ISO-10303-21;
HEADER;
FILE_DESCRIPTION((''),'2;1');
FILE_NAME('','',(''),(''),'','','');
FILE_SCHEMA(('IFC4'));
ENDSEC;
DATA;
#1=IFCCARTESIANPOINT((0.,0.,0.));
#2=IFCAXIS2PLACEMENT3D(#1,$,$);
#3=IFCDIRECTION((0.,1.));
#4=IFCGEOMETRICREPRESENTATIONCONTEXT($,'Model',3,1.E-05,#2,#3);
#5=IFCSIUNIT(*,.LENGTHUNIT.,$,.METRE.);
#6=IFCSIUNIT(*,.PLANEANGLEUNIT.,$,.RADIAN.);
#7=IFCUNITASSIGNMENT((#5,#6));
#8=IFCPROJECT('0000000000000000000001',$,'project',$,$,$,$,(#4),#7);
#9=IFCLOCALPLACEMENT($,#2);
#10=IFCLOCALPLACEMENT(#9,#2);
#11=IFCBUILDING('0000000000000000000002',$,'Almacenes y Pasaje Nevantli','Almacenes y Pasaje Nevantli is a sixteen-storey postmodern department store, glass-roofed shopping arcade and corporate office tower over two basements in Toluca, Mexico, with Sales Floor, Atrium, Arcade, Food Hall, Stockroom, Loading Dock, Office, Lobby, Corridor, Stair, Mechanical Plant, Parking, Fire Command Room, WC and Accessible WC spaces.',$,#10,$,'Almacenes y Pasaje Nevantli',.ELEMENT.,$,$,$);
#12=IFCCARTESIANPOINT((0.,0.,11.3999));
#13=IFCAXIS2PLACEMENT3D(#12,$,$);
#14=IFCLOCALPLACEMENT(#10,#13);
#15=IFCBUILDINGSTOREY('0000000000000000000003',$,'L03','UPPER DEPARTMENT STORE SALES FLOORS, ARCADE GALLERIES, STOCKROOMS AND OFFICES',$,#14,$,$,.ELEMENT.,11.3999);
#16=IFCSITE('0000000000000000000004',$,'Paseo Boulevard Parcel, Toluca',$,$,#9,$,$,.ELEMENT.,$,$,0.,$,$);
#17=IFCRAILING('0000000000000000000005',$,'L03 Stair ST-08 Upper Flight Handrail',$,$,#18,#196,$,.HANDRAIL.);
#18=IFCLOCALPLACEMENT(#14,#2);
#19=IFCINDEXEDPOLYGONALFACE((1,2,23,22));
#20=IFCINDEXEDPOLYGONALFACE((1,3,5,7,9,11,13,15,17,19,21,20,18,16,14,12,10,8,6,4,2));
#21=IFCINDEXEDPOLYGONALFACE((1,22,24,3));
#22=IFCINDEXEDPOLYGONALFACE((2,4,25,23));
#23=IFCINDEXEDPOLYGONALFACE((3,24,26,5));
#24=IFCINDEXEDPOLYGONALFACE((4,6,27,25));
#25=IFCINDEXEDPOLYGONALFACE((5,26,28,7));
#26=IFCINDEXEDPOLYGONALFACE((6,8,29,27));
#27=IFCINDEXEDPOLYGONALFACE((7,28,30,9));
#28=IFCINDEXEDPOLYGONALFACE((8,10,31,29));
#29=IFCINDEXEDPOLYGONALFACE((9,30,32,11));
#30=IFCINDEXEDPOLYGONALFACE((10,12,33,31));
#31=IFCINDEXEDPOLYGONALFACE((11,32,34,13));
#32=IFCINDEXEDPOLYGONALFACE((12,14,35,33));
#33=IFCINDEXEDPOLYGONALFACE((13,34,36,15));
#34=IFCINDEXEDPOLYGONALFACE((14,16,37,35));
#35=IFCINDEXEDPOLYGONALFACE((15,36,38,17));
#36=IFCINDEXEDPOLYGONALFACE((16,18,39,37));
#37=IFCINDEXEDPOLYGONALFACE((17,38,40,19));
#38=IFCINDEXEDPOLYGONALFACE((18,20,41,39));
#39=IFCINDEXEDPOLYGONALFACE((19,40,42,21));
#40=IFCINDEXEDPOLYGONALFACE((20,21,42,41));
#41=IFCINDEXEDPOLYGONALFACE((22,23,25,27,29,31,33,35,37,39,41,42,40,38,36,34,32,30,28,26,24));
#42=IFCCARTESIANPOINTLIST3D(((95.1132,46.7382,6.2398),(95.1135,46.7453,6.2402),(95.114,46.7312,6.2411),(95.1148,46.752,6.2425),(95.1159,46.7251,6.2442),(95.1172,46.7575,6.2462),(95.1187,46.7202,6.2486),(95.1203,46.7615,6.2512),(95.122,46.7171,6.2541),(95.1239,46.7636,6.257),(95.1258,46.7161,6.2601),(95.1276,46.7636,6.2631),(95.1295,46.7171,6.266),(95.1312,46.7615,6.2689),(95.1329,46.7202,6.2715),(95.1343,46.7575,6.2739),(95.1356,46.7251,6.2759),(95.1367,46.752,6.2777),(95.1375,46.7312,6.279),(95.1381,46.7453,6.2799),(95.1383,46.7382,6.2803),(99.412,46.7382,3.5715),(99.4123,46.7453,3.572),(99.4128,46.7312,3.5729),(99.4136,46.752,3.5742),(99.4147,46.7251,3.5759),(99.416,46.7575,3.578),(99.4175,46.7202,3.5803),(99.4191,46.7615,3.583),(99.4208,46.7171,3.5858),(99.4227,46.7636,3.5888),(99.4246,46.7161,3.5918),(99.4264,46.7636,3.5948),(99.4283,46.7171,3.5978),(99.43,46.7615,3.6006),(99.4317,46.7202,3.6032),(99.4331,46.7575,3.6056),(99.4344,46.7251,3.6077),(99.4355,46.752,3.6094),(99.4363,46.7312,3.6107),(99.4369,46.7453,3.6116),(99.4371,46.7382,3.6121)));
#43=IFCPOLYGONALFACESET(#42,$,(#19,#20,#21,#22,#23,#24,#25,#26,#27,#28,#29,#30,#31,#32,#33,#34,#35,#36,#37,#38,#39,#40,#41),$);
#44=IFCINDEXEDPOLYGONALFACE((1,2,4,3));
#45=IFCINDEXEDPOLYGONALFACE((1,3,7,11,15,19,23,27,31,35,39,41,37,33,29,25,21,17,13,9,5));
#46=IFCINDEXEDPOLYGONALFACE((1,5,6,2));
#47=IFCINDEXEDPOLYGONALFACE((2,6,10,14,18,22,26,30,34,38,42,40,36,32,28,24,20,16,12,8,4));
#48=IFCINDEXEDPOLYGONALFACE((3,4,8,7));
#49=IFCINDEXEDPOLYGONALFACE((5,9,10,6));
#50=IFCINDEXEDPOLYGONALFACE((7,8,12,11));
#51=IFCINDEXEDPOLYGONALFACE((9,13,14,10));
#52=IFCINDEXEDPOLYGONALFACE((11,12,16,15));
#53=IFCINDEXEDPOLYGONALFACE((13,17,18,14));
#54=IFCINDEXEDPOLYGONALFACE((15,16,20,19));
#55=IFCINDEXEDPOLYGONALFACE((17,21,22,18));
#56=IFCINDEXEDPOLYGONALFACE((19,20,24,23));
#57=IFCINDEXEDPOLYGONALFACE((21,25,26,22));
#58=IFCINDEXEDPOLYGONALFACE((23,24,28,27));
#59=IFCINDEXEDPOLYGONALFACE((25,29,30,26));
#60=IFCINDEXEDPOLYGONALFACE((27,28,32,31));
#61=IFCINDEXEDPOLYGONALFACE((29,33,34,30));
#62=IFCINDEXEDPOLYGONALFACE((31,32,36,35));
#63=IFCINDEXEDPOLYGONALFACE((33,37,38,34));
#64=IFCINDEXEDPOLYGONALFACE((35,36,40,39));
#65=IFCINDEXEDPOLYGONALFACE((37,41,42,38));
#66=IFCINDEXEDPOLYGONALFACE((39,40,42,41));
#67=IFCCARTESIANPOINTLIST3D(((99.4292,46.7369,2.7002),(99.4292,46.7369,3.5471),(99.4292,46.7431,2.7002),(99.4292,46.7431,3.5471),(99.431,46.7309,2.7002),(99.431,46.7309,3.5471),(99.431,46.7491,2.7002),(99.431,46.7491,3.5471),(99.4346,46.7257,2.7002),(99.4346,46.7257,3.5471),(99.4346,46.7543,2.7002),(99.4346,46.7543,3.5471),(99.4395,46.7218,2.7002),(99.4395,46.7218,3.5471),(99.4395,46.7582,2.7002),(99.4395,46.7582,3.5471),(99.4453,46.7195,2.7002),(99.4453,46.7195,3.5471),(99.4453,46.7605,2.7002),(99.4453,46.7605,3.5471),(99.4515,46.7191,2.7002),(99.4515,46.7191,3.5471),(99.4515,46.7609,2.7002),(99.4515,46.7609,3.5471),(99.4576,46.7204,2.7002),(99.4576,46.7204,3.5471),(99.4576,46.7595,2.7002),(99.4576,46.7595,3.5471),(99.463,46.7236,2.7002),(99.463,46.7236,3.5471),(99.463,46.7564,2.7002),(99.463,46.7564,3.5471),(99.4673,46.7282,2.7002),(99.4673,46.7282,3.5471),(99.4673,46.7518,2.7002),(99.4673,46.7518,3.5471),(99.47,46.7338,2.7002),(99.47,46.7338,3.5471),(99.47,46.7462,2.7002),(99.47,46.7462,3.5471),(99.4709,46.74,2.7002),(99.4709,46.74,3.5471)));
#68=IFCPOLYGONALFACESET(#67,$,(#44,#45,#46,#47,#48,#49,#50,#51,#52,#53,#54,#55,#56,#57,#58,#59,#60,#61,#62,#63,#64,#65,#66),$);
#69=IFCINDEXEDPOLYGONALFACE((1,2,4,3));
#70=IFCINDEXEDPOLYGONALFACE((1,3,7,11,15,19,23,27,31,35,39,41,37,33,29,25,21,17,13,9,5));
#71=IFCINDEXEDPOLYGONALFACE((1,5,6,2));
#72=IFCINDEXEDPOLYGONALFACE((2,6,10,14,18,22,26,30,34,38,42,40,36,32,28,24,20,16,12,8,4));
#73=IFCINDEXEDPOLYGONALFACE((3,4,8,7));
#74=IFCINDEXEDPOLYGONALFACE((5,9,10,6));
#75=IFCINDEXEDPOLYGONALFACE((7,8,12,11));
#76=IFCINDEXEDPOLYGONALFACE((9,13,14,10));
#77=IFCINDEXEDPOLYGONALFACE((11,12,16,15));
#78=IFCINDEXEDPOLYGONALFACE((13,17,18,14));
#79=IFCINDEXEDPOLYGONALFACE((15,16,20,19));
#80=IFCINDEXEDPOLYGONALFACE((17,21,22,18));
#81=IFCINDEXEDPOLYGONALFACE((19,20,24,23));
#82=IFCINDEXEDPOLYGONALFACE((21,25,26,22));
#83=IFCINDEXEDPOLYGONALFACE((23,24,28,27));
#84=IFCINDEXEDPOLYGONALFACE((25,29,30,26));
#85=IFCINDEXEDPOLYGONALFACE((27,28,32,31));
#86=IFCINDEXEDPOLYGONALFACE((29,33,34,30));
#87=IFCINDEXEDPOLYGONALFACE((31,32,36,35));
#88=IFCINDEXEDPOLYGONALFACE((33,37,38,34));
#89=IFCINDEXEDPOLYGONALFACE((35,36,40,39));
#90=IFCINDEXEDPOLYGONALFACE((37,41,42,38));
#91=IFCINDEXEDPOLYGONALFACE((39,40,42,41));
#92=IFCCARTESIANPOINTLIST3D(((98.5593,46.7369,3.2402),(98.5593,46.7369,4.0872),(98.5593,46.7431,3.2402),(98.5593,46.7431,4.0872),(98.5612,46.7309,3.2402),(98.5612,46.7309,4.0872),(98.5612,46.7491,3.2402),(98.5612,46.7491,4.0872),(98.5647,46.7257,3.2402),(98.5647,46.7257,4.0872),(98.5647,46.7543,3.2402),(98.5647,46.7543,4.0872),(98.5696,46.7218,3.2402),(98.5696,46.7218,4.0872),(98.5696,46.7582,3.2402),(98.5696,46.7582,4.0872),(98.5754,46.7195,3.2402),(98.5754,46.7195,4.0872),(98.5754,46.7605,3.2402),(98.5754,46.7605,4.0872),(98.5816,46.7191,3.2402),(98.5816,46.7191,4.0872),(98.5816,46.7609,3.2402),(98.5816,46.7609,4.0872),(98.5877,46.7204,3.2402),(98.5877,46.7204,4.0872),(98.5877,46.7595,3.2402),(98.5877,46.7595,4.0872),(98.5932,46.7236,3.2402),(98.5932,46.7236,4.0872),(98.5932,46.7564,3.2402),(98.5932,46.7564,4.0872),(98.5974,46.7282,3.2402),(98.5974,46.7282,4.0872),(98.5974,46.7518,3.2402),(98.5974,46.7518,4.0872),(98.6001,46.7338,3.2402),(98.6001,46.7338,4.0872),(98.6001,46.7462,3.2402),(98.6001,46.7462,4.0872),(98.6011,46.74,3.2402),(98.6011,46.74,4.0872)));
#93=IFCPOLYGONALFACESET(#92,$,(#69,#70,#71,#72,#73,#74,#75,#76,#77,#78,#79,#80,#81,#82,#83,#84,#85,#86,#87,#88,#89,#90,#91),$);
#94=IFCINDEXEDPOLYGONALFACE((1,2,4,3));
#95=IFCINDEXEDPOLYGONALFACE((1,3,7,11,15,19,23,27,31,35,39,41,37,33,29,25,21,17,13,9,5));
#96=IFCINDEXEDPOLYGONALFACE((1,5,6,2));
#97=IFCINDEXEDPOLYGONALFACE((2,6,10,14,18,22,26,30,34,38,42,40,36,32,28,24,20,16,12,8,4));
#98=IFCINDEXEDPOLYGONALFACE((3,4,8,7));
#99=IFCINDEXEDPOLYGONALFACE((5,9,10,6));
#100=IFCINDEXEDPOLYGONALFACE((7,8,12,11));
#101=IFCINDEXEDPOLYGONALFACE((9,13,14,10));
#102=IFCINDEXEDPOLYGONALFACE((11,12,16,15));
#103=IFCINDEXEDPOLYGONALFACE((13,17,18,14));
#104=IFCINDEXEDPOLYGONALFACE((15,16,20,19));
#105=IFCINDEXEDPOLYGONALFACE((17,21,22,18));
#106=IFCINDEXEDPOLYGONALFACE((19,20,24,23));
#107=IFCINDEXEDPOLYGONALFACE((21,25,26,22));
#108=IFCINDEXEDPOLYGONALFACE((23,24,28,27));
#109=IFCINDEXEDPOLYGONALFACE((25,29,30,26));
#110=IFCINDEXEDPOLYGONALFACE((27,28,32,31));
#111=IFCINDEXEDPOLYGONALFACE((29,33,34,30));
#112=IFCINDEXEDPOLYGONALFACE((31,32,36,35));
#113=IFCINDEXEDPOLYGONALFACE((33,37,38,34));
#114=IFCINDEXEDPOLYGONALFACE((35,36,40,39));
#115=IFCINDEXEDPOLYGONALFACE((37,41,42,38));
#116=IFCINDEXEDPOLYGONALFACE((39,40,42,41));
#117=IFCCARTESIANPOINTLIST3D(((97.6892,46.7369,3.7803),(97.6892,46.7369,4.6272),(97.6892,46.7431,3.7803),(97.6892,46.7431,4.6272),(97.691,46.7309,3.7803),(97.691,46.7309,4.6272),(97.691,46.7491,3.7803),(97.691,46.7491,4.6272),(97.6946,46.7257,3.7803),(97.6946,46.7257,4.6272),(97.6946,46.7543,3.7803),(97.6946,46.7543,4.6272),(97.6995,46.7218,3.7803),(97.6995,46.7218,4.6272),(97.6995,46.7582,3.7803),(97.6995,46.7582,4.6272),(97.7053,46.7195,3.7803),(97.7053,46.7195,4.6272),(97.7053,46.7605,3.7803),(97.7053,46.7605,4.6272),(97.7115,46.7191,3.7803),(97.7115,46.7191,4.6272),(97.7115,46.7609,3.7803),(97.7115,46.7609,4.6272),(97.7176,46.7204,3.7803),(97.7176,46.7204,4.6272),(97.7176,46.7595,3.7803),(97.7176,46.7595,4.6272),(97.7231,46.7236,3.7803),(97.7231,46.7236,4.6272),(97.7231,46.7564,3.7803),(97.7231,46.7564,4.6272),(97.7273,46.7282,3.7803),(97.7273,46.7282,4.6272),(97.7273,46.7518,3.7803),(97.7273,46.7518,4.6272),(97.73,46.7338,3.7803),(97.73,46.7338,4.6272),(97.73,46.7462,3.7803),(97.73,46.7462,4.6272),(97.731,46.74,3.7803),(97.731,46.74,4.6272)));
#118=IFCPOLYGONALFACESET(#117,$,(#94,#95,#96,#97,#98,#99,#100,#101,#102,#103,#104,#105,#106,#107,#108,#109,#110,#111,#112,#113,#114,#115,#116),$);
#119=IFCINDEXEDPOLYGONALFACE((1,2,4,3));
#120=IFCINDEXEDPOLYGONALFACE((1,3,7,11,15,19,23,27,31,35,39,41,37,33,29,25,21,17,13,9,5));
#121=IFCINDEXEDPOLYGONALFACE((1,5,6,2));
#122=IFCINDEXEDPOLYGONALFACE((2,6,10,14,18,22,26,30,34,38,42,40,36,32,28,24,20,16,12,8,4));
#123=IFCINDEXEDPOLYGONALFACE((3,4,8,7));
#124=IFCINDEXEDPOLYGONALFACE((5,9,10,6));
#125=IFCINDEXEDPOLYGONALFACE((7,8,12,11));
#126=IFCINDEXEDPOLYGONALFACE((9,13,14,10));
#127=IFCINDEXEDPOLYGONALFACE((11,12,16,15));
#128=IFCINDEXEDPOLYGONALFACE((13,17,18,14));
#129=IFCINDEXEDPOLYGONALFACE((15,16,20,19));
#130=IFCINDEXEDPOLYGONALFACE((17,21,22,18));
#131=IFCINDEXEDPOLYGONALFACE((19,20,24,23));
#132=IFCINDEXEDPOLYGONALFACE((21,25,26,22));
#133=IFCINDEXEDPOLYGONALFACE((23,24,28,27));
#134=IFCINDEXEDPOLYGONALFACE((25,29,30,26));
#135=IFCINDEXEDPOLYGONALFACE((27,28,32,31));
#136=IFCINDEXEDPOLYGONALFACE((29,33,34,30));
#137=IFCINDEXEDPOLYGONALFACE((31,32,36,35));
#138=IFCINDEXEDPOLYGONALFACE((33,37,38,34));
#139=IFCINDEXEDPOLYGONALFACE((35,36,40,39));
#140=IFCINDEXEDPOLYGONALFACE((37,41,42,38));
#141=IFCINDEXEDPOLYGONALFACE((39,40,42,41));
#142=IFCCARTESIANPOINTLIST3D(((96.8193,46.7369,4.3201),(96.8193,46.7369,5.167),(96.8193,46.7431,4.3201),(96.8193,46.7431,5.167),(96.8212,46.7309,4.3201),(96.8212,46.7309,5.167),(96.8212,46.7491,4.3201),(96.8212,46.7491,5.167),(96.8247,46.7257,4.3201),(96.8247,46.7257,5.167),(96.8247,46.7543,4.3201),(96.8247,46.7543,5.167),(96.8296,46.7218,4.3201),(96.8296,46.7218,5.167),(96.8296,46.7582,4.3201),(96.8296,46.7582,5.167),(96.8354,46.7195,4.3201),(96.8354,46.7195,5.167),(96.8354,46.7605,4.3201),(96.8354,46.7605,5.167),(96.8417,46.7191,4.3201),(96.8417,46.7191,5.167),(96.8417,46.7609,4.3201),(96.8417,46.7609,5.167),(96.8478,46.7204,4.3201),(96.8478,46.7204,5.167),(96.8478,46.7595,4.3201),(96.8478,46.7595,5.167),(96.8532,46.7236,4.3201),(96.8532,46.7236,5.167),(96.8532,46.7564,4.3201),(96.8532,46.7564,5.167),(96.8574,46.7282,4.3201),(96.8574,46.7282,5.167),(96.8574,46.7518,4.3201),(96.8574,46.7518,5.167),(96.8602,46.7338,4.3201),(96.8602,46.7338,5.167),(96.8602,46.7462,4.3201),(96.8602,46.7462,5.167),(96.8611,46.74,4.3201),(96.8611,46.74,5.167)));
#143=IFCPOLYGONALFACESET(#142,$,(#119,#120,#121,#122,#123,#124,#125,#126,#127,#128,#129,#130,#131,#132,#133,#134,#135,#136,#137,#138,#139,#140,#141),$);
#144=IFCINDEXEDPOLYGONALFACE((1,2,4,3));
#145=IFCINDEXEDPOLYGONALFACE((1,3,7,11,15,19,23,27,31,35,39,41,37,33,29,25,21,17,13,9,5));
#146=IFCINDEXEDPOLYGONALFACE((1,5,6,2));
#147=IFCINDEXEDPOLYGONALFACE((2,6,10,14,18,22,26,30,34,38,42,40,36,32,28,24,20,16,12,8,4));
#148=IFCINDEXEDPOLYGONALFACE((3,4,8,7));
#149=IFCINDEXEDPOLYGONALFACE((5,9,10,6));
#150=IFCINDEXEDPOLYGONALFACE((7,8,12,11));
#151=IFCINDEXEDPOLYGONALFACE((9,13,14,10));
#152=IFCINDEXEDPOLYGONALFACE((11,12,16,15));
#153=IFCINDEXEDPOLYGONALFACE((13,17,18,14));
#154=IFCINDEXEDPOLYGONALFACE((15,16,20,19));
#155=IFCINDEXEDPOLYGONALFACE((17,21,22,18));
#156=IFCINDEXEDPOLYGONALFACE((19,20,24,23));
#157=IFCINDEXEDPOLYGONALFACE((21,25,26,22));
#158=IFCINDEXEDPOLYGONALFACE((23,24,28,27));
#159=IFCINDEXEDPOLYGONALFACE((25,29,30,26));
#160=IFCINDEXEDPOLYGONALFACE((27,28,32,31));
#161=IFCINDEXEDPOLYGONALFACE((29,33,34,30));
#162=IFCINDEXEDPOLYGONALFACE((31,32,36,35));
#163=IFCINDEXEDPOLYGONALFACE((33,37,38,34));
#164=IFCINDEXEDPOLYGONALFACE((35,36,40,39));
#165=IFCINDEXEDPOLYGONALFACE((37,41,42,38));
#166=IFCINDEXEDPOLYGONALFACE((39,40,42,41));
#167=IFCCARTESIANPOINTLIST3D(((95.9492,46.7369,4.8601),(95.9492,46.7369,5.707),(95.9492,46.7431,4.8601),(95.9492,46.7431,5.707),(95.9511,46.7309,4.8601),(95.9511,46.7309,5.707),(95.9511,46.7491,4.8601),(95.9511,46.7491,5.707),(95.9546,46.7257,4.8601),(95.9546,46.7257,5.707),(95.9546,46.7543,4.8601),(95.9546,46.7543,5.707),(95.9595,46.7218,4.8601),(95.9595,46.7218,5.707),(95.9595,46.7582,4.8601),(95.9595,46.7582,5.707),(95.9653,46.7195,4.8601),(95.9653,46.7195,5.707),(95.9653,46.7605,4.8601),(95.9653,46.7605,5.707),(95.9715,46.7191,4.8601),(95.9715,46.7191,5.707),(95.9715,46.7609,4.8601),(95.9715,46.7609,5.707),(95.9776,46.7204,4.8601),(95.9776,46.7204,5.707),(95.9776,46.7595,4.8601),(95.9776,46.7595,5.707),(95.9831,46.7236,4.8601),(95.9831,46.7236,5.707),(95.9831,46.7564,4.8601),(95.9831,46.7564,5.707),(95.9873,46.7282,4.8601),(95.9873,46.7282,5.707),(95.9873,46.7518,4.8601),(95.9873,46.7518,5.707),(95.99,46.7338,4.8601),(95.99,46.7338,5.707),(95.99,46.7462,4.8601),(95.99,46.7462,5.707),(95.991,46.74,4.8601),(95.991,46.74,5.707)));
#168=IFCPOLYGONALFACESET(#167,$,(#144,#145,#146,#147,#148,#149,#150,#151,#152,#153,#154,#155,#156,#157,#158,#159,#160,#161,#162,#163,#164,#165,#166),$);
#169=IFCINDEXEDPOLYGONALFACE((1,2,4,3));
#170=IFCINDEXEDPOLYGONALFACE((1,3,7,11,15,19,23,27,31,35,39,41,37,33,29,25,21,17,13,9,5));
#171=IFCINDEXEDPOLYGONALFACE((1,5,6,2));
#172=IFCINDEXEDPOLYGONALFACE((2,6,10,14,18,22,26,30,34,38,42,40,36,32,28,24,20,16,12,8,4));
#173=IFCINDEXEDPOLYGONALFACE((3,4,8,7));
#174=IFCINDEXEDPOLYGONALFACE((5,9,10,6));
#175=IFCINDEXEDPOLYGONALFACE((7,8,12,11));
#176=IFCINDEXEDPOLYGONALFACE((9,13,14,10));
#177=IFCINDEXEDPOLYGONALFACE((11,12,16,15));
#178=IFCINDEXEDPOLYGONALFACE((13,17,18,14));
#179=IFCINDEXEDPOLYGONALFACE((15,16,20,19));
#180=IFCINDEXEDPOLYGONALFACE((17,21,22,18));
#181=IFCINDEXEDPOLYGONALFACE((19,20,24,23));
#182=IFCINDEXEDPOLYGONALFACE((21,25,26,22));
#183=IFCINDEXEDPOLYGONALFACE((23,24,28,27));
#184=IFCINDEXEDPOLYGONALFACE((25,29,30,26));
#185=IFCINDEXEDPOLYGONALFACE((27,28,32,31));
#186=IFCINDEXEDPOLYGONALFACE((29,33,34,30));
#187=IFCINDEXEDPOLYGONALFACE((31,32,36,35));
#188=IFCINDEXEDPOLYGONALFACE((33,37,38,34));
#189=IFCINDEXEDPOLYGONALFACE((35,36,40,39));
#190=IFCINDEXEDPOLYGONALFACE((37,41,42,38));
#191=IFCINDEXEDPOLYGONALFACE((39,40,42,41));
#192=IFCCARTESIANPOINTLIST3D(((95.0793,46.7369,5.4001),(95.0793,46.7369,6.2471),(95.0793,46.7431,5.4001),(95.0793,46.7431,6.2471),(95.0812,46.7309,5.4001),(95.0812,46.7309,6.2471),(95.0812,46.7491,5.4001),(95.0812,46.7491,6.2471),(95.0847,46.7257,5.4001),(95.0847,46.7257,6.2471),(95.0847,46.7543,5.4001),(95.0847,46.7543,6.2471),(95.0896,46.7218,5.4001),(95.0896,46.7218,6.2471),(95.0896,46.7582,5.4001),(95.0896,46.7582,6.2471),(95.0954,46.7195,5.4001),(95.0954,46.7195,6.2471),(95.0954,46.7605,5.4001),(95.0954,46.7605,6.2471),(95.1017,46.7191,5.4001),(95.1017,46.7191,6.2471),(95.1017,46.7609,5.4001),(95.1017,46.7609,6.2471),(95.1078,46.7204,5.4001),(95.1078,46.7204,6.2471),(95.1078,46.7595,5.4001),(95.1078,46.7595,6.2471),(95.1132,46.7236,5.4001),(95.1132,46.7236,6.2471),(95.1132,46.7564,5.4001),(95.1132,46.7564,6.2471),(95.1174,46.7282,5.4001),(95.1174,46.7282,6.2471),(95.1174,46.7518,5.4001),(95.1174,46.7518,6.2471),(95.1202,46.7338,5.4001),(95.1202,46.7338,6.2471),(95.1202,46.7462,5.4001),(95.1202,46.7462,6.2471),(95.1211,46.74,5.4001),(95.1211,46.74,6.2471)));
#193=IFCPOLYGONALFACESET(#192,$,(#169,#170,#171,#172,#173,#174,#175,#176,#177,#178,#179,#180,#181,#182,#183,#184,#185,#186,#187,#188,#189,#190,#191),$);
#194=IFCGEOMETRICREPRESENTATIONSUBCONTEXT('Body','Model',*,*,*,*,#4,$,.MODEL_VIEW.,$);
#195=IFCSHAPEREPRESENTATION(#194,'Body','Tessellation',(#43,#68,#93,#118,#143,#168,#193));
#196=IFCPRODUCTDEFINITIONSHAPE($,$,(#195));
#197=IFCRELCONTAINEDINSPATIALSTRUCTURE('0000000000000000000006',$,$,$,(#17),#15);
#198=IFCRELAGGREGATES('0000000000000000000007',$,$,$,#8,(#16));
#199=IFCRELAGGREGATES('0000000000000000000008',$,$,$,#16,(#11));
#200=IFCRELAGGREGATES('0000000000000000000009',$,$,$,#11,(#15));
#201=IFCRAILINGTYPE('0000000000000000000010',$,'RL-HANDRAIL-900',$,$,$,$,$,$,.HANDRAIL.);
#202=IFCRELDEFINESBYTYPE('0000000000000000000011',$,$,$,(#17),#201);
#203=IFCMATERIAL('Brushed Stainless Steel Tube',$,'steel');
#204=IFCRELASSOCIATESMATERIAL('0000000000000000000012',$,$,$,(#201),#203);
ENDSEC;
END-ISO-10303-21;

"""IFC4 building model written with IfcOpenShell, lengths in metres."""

from ifc_helpers import new_model, si_unit, direction, frame, origin, origin_2d, place, context, subcontext, project, spatial, circle, extrude, material, type_object, element, save


model = new_model("IFC4")

# Units and contexts
model_context = context("Model", 3, precision=1e-05, world=origin(), true_north=direction((0.0, 1.0)))
body_context = subcontext(model_context, "Body", "Model", "MODEL_VIEW")
ifc_project = project(units=[si_unit("LENGTHUNIT", "METRE"), si_unit("PLANEANGLEUNIT", "RADIAN")], contexts=[model_context])

# Site, building, storey
site_placement = place(None, origin())
site = spatial("IfcSite", under=ifc_project, at=site_placement, Name="Paseo Boulevard Parcel, Toluca", CompositionType="ELEMENT", RefElevation=0.0)
building_placement = place(site_placement, origin())
building = spatial("IfcBuilding", under=site, at=building_placement, Name="Almacenes y Pasaje Nevantli", Description="Almacenes y Pasaje Nevantli is a sixteen-storey postmodern department store, glass-roofed shopping arcade and corporate office tower over two basements in Toluca, Mexico, with Sales Floor, Atrium, Arcade, Food Hall, Stockroom, Loading Dock, Office, Lobby, Corridor, Stair, Mechanical Plant, Parking, Fire Command Room, WC and Accessible WC spaces.", LongName="Almacenes y Pasaje Nevantli", CompositionType="ELEMENT")
storey_placement = place(building_placement, frame((0.0, 0.0, 11.3999)))
storey = spatial("IfcBuildingStorey", under=building, at=storey_placement, Name="L03", Description="UPPER DEPARTMENT STORE SALES FLOORS, ARCADE GALLERIES, STOCKROOMS AND OFFICES", CompositionType="ELEMENT", Elevation=11.3999)

# Railing
ifc_material_1 = material(Name="Brushed Stainless Steel Tube", Category="steel")
railing_type_1 = type_object("IfcRailingType", Name="RL-HANDRAIL-900", PredefinedType="HANDRAIL", material=ifc_material_1)
railing_1_placement = place(storey_placement, frame((99.45, 46.74, 2.7002)))
element("IfcRailing", 1, at=railing_1_placement, inside=storey, type_object=railing_type_1, Name="L03 Stair ST-08 Upper Flight Handrail", PredefinedType="HANDRAIL", context=body_context, shape_type="SweptSolid", body=[
    extrude(circle(Radius=0.0239, at=origin_2d()), frame((-0.0254, 0.0, 0.8916), z_axis=(-0.849636, 0.0, 0.527369), x_axis=(0.0, -1.0, 0.0)), (0.0, 0.0, 1.0), 5.0596),
    extrude(circle(Radius=0.021, at=origin_2d()), origin(), (0.0, 0.0, 1.0), 0.8469),
    extrude(circle(Radius=0.021, at=origin_2d()), frame((-0.8699, 0.0, 0.54)), (0.0, 0.0, 1.0), 0.8469),
    extrude(circle(Radius=0.021, at=origin_2d()), frame((-1.74, 0.0, 1.0801)), (0.0, 0.0, 1.0), 0.8469),
    extrude(circle(Radius=0.021, at=origin_2d()), frame((-2.6099, 0.0, 1.6199)), (0.0, 0.0, 1.0), 0.8469),
    extrude(circle(Radius=0.021, at=origin_2d()), frame((-3.48, 0.0, 2.1599)), (0.0, 0.0, 1.0), 0.8469),
    extrude(circle(Radius=0.021, at=origin_2d()), frame((-4.3499, 0.0, 2.7)), (0.0, 0.0, 1.0), 0.8469),
])

save(model, "model.ifc")
